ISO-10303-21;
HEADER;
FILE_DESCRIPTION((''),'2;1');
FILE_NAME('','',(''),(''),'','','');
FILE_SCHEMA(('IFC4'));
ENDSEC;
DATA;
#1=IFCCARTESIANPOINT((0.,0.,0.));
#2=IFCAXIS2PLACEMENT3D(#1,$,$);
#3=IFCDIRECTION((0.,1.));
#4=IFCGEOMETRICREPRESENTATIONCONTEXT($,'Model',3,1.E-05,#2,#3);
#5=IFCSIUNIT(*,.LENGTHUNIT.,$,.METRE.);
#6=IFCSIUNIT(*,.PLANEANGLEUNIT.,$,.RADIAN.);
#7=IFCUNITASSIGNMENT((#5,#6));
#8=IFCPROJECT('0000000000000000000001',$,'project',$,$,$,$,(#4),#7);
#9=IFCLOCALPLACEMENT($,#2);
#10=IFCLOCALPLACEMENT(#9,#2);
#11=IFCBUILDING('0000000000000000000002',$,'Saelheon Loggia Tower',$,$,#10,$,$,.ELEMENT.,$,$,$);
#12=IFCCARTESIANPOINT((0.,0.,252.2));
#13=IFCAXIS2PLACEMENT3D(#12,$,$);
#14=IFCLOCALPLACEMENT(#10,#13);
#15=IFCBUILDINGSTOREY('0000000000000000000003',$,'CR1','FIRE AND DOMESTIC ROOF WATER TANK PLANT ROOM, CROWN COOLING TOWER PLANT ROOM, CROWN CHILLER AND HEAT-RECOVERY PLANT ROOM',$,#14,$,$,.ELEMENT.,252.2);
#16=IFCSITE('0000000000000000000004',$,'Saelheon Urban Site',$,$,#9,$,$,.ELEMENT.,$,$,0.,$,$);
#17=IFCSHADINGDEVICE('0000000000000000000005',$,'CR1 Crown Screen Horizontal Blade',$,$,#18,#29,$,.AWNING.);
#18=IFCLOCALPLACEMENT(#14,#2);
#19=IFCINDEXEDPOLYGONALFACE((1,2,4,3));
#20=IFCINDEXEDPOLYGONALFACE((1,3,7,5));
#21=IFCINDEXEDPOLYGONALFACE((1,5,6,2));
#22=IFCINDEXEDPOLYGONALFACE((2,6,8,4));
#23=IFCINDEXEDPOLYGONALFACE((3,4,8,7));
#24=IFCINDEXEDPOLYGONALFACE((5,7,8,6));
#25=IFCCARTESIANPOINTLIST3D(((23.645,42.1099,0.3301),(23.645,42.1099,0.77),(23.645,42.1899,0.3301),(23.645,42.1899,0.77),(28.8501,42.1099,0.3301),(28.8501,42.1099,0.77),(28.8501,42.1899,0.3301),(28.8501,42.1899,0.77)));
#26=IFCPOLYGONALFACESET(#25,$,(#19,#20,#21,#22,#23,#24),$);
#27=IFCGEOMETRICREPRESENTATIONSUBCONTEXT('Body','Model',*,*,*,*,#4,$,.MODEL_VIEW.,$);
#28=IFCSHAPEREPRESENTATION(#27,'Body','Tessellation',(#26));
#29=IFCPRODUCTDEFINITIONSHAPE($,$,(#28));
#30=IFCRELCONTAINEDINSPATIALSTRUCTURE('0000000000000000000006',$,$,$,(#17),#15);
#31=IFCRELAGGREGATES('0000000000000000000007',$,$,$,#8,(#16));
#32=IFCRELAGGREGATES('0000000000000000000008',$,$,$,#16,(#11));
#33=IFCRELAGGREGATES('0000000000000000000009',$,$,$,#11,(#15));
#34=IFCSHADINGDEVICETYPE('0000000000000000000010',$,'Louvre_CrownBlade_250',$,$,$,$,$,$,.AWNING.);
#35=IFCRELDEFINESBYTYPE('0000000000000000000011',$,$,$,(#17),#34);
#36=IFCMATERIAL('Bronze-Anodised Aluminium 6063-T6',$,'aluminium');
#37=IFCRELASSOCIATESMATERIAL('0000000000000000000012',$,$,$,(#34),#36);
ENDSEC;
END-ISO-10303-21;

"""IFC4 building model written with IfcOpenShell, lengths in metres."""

from ifc_helpers import new_model, si_unit, direction, frame, origin, origin_2d, place, context, subcontext, project, spatial, rectangle, extrude, source, transform, mapped, material, material_profile, profile_set, type_object, element, save


model = new_model("IFC4")

# Units and contexts
model_context = context("Model", 3, precision=1e-05, world=origin(), true_north=direction((0.0, 1.0)))
body_context = subcontext(model_context, "Body", "Model", "MODEL_VIEW")
ifc_project = project(units=[si_unit("LENGTHUNIT", "METRE"), si_unit("PLANEANGLEUNIT", "RADIAN")], contexts=[model_context])

# Site, building, storey
site_placement = place(None, origin())
site = spatial("IfcSite", under=ifc_project, at=site_placement, Name="Saelheon Urban Site", CompositionType="ELEMENT", RefElevation=0.0)
building_placement = place(site_placement, origin())
building = spatial("IfcBuilding", under=site, at=building_placement, Name="Saelheon Loggia Tower", CompositionType="ELEMENT")
storey_placement = place(building_placement, frame((0.0, 0.0, 252.2)))
storey = spatial("IfcBuildingStorey", under=building, at=storey_placement, Name="CR1", Description="FIRE AND DOMESTIC ROOF WATER TANK PLANT ROOM, CROWN COOLING TOWER PLANT ROOM, CROWN CHILLER AND HEAT-RECOVERY PLANT ROOM", CompositionType="ELEMENT", Elevation=252.2)

# Shared definitions
ifc_material_1 = material(Name="Bronze-Anodised Aluminium 6063-T6", Category="aluminium")

# Shading device
ifc_material_profile_1 = material_profile(ifc_material_1, rectangle(XDim=0.0801, YDim=0.4399, at=origin_2d()), Name="Louvre_CrownBlade_250")
ifc_profile_set_1 = profile_set([ifc_material_profile_1], Name="Bronze-Anodised Aluminium 6063-T6")
shading_device_type = type_object("IfcShadingDeviceType", Name="Louvre_CrownBlade_250", PredefinedType="AWNING", material=ifc_profile_set_1)
shared_shape_1 = source(origin(), body_context, "Body", "SweptSolid", [
    extrude(rectangle(XDim=0.0801, YDim=0.4399, at=origin_2d()), origin(), (0.0, 0.0, 1.0), 5.2051),
])
shading_device_placement = place(storey_placement, frame((28.8501, 42.1499, 0.55), z_axis=(-1.0, 0.0, 0.0), x_axis=(0.0, -1.0, 0.0)))
element("IfcShadingDevice", 1, at=shading_device_placement, inside=storey, type_object=shading_device_type, Name="CR1 Crown Screen Horizontal Blade", PredefinedType="AWNING", context=body_context, shape_type="MappedRepresentation", body=[
    mapped(shared_shape_1, transform((0.0, 0.0, 0.0), scale=1.0)),
])

save(model, "model.ifc")
